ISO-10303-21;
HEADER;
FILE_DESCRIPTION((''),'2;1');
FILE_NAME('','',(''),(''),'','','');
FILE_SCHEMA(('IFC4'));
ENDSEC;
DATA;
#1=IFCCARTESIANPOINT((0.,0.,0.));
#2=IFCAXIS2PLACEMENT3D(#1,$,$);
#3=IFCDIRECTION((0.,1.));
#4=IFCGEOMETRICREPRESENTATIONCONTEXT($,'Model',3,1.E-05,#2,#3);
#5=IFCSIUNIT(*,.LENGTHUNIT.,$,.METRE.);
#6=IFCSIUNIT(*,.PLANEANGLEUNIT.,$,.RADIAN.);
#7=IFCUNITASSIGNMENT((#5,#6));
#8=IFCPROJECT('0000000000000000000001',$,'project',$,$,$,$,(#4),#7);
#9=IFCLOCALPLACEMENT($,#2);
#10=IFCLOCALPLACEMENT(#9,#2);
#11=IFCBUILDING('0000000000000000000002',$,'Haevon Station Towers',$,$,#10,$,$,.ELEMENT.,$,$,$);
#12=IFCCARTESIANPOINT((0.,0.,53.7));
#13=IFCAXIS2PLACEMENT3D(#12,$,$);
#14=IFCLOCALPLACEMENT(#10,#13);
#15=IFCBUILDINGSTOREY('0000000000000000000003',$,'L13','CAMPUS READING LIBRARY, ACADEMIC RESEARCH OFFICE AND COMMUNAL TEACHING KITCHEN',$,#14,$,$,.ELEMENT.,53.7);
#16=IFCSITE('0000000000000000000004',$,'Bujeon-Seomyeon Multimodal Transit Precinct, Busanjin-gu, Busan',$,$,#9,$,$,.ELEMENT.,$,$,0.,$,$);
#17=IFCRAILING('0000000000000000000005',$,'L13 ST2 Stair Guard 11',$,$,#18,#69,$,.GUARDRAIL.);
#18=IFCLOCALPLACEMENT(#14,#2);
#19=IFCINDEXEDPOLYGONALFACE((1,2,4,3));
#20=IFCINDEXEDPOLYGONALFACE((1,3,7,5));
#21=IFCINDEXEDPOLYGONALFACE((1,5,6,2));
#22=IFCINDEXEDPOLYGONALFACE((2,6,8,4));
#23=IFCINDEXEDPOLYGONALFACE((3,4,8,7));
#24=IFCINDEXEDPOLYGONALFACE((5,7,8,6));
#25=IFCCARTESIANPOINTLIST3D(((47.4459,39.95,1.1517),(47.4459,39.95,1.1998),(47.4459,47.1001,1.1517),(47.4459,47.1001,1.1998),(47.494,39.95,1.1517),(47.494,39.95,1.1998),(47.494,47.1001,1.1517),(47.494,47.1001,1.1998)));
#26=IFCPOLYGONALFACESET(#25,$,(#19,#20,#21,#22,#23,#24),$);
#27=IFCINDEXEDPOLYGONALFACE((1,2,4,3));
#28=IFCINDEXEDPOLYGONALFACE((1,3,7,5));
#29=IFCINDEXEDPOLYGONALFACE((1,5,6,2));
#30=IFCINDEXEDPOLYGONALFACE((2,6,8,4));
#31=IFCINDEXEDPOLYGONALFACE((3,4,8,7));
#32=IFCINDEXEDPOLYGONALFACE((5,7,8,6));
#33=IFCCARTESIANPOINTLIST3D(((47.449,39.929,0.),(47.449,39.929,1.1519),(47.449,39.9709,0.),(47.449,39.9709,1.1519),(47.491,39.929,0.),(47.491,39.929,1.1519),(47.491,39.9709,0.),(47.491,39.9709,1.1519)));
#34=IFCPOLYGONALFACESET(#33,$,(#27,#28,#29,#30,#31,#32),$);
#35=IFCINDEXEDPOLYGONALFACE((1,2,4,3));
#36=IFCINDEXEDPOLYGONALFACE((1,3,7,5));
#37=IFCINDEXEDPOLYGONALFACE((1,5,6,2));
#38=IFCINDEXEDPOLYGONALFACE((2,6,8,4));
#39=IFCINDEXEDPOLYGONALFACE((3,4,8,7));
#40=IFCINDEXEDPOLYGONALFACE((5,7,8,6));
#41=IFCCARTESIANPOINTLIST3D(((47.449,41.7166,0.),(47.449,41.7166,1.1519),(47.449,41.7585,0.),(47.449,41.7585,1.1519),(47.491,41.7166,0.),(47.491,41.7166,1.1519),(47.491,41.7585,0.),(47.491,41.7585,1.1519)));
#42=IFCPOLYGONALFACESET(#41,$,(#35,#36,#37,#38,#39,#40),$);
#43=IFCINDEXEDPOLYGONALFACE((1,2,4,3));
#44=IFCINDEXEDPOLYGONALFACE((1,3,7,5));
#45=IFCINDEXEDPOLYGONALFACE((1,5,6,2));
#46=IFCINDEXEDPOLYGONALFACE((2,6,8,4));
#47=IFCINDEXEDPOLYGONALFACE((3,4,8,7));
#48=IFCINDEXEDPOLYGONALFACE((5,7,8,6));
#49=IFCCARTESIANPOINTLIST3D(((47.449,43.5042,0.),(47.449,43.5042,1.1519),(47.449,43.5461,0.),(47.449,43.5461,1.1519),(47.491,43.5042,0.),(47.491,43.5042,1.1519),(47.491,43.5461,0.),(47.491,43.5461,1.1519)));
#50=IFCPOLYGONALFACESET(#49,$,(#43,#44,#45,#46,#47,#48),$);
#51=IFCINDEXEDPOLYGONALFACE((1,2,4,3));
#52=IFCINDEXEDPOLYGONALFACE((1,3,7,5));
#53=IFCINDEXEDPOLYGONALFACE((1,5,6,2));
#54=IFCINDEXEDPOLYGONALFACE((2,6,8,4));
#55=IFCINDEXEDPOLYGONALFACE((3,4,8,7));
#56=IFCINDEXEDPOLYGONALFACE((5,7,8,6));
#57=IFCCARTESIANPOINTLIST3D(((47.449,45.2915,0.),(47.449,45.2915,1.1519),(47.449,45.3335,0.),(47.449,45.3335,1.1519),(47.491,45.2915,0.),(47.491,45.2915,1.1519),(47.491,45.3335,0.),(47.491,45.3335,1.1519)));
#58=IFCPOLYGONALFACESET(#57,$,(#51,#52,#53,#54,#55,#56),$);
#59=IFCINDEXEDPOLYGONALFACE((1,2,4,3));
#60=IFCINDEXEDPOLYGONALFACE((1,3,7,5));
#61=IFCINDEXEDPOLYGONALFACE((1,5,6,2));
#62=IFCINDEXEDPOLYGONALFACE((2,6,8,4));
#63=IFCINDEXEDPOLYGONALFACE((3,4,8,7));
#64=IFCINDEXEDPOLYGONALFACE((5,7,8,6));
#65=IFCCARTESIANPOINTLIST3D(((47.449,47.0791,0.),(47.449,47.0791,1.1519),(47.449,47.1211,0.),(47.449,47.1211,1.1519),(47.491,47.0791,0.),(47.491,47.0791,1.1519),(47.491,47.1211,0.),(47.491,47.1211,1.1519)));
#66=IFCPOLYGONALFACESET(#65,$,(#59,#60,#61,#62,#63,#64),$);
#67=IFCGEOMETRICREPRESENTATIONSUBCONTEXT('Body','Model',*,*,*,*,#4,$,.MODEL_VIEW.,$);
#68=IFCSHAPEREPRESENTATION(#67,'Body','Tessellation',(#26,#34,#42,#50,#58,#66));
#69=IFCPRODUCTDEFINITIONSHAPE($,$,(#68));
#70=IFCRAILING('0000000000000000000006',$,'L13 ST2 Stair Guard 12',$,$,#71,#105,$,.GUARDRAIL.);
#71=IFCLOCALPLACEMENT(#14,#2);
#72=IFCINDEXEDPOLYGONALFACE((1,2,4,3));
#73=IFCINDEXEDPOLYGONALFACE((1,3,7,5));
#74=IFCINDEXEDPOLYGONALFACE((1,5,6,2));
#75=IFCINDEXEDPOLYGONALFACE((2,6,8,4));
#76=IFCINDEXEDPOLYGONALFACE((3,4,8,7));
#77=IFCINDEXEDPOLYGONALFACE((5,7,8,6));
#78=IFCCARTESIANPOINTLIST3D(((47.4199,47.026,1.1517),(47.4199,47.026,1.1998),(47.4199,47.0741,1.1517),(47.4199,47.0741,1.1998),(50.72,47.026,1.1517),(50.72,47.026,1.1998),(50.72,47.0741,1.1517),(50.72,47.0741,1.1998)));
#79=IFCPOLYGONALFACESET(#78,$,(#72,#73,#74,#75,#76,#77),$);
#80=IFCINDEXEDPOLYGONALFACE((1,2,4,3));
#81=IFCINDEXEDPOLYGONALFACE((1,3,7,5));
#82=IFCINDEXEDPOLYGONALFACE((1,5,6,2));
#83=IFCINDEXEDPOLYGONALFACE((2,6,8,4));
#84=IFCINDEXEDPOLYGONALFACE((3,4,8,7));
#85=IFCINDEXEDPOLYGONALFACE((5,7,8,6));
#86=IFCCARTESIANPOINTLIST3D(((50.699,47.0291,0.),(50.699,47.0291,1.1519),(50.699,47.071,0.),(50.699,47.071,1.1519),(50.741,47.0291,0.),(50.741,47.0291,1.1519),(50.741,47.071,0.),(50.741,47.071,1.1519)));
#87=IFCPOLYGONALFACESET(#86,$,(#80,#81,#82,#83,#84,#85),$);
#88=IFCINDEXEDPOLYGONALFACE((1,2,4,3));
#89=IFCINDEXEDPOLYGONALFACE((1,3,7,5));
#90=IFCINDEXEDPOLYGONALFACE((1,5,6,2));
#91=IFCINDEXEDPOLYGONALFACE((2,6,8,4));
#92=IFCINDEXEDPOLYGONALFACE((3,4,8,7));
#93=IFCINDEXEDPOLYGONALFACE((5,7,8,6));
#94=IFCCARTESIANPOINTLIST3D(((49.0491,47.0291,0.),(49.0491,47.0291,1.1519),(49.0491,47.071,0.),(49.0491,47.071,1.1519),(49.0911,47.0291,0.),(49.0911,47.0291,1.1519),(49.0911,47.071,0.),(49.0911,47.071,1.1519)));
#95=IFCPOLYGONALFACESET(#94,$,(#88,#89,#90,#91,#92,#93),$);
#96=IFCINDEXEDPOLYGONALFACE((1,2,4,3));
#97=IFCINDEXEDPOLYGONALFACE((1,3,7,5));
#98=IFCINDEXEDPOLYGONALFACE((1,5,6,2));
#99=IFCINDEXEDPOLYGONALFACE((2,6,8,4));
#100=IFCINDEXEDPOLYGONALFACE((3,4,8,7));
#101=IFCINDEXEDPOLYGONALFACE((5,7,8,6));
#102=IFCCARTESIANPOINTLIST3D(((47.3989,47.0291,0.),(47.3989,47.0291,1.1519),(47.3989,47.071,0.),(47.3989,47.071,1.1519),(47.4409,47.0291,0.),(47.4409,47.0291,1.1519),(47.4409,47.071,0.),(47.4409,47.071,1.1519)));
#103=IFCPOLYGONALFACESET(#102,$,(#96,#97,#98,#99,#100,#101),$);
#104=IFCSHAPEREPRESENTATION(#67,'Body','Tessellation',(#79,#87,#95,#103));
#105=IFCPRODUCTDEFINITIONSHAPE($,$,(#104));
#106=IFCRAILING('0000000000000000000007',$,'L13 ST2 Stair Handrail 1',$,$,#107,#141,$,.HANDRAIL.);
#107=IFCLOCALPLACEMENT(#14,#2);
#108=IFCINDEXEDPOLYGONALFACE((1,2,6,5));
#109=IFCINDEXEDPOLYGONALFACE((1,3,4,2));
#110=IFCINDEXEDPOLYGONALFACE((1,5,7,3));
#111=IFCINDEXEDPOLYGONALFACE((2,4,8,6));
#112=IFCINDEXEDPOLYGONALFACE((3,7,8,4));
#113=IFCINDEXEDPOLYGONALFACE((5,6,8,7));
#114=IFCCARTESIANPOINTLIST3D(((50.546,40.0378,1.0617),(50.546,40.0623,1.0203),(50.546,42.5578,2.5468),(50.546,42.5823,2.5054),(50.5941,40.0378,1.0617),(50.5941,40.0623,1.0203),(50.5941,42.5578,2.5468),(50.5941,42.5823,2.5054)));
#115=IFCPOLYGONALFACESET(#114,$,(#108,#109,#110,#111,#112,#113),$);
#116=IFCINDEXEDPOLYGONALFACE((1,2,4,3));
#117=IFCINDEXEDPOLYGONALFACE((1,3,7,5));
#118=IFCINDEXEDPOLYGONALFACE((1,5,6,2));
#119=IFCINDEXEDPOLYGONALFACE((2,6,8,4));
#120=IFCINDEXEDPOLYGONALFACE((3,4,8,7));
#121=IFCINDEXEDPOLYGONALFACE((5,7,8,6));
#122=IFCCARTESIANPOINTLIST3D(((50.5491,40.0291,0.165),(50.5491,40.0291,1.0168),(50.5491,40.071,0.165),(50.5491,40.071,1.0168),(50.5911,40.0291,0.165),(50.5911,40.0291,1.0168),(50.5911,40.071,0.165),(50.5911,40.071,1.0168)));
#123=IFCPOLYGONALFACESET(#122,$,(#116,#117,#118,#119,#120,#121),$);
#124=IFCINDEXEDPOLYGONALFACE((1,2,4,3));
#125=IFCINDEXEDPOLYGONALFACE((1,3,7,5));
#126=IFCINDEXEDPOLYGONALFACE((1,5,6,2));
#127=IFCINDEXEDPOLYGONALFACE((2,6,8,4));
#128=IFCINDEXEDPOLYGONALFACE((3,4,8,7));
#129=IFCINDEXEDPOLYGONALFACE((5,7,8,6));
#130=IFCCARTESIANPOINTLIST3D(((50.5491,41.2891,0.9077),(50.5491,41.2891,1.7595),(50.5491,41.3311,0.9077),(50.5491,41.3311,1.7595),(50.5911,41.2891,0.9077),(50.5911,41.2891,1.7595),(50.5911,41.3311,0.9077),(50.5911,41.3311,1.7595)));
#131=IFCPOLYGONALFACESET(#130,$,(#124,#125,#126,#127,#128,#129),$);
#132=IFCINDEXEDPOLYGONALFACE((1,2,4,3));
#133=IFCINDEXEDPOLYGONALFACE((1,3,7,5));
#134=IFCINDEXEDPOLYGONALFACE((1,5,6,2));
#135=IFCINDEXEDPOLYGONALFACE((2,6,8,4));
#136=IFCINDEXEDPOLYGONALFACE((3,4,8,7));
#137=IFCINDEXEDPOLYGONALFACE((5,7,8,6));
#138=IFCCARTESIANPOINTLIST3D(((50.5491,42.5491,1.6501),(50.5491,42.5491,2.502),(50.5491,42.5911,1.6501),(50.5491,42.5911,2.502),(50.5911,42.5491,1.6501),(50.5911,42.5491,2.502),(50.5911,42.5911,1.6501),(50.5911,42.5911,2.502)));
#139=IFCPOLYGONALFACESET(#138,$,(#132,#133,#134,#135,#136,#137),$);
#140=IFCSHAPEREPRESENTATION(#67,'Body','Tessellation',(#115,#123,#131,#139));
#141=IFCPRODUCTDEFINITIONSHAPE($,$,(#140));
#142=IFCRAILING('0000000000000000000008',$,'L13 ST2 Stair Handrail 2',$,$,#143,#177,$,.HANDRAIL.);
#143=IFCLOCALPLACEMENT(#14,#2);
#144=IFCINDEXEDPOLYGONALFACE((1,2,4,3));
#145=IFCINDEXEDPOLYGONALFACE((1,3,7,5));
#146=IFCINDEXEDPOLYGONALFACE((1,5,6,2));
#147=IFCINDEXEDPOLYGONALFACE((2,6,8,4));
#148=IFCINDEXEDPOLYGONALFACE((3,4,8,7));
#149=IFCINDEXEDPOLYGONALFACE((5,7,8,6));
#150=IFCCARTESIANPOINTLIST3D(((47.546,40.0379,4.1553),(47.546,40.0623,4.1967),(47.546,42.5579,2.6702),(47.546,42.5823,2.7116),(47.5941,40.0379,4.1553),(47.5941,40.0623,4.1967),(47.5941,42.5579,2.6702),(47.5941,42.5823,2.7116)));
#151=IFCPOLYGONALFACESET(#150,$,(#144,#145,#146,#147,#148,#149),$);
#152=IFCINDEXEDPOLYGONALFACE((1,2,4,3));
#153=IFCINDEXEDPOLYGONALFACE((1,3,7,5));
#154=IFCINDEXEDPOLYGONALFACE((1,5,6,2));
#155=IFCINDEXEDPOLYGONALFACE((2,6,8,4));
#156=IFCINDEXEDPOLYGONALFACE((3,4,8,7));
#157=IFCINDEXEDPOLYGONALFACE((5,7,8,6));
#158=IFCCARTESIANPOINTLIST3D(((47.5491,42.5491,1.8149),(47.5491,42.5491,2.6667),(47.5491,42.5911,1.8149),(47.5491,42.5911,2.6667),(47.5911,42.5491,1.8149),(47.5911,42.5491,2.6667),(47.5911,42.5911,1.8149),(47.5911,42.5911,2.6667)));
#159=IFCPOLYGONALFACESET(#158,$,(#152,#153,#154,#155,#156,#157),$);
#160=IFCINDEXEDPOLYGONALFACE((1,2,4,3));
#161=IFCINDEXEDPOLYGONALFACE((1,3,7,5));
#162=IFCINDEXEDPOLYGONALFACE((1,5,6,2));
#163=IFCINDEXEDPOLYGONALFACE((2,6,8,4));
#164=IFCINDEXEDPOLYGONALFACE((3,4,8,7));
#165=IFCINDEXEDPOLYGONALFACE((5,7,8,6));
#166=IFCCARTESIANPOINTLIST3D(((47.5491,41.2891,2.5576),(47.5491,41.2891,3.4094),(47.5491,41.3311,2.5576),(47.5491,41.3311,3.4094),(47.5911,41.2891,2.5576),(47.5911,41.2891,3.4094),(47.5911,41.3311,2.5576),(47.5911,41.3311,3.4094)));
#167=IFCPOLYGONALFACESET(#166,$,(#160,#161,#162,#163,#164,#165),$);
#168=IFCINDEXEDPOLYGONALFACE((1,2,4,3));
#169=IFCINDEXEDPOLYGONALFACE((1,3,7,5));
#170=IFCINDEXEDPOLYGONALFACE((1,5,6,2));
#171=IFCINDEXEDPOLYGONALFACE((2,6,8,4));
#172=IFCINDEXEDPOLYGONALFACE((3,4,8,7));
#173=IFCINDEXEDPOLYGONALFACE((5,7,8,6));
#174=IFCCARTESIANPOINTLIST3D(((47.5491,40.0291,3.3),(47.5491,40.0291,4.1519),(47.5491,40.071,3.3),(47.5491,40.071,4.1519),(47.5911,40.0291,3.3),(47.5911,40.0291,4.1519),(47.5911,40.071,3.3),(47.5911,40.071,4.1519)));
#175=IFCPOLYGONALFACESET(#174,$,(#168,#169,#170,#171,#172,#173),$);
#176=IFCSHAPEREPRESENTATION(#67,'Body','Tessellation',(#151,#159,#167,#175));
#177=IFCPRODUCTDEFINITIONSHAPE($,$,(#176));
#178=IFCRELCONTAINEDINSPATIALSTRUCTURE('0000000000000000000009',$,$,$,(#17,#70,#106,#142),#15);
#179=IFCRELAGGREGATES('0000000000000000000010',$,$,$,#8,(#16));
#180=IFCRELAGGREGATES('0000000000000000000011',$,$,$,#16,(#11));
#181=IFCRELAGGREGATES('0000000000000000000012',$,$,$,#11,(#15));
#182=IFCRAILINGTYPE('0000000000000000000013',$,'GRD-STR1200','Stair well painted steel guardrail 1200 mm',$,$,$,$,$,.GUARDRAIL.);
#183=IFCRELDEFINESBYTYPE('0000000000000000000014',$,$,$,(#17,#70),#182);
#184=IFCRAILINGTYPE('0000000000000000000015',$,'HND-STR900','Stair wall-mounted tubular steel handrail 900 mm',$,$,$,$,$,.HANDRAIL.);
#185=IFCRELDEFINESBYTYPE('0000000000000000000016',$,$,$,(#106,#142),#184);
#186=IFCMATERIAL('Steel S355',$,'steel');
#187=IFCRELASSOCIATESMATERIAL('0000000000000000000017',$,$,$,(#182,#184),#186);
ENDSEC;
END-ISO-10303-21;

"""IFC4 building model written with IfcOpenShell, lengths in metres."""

from ifc_helpers import new_model, si_unit, direction, frame, origin, origin_2d, place, context, subcontext, project, spatial, rectangle, extrude, material, type_object, element, save


model = new_model("IFC4")

# Units and contexts
model_context = context("Model", 3, precision=1e-05, world=origin(), true_north=direction((0.0, 1.0)))
body_context = subcontext(model_context, "Body", "Model", "MODEL_VIEW")
ifc_project = project(units=[si_unit("LENGTHUNIT", "METRE"), si_unit("PLANEANGLEUNIT", "RADIAN")], contexts=[model_context])

# Site, building, storey
site_placement = place(None, origin())
site = spatial("IfcSite", under=ifc_project, at=site_placement, Name="Bujeon-Seomyeon Multimodal Transit Precinct, Busanjin-gu, Busan", CompositionType="ELEMENT", RefElevation=0.0)
building_placement = place(site_placement, origin())
building = spatial("IfcBuilding", under=site, at=building_placement, Name="Haevon Station Towers", CompositionType="ELEMENT")
storey_placement = place(building_placement, frame((0.0, 0.0, 53.7)))
storey = spatial("IfcBuildingStorey", under=building, at=storey_placement, Name="L13", Description="CAMPUS READING LIBRARY, ACADEMIC RESEARCH OFFICE AND COMMUNAL TEACHING KITCHEN", CompositionType="ELEMENT", Elevation=53.7)

# Shared definitions
ifc_material_1 = material(Name="Steel S355", Category="steel")

# Railings
railing_type_1 = type_object("IfcRailingType", Name="GRD-STR1200", Description="Stair well painted steel guardrail 1200 mm", PredefinedType="GUARDRAIL", material=ifc_material_1)
for number, where, name in (
    (1, (47.47, 39.95, 0.0), "L13 ST2 Stair Guard 11"),
):
    element("IfcRailing", number, at=place(storey_placement, frame(where)), inside=storey, type_object=railing_type_1, Name=name, PredefinedType="GUARDRAIL", context=body_context, shape_type="SweptSolid", body=[
        extrude(rectangle(XDim=0.0481, YDim=0.0481, at=origin_2d()), frame((0.0, 0.0, 1.1758), z_axis=(0.0, 1.0, 0.0), x_axis=(-1.0, 0.0, 0.0)), (0.0, 0.0, 1.0), 7.1501),
        extrude(rectangle(XDim=0.042, YDim=0.042, at=origin_2d()), origin(), (0.0, 0.0, 1.0), 1.1519),
        extrude(rectangle(XDim=0.042, YDim=0.042, at=origin_2d()), frame((0.0, 1.7876, 0.0)), (0.0, 0.0, 1.0), 1.1519),
        extrude(rectangle(XDim=0.042, YDim=0.042, at=origin_2d()), frame((0.0, 3.5752, 0.0)), (0.0, 0.0, 1.0), 1.1519),
        extrude(rectangle(XDim=0.042, YDim=0.042, at=origin_2d()), frame((0.0, 5.3625, 0.0)), (0.0, 0.0, 1.0), 1.1519),
        extrude(rectangle(XDim=0.042, YDim=0.042, at=origin_2d()), frame((0.0, 7.1501, 0.0)), (0.0, 0.0, 1.0), 1.1519),
    ])
railing_1_placement = place(storey_placement, frame((50.72, 47.05, 0.0)))
element("IfcRailing", 2, at=railing_1_placement, inside=storey, type_object=railing_type_1, Name="L13 ST2 Stair Guard 12", PredefinedType="GUARDRAIL", context=body_context, shape_type="SweptSolid", body=[
    extrude(rectangle(XDim=0.0481, YDim=0.0481, at=origin_2d()), frame((0.0, 0.0, 1.1758), z_axis=(-1.0, 0.0, 0.0), x_axis=(0.0, -1.0, 0.0)), (0.0, 0.0, 1.0), 3.3),
    extrude(rectangle(XDim=0.042, YDim=0.042, at=origin_2d()), origin(), (0.0, 0.0, 1.0), 1.1519),
    extrude(rectangle(XDim=0.042, YDim=0.042, at=origin_2d()), frame((-1.6499, 0.0, 0.0)), (0.0, 0.0, 1.0), 1.1519),
    extrude(rectangle(XDim=0.042, YDim=0.042, at=origin_2d()), frame((-3.3, 0.0, 0.0)), (0.0, 0.0, 1.0), 1.1519),
])
railing_type_2 = type_object("IfcRailingType", Name="HND-STR900", Description="Stair wall-mounted tubular steel handrail 900 mm", PredefinedType="HANDRAIL", material=ifc_material_1)
railing_2_placement = place(storey_placement, frame((50.5701, 40.05, 0.165)))
element("IfcRailing", 3, at=railing_2_placement, inside=storey, type_object=railing_type_2, Name="L13 ST2 Stair Handrail 1", PredefinedType="HANDRAIL", context=body_context, shape_type="SweptSolid", body=[
    extrude(rectangle(XDim=0.0481, YDim=0.0481, at=origin_2d()), frame((0.0, 0.0, 0.876), z_axis=(0.0, 0.861524, 0.507717), x_axis=(-1.0, 0.0, 0.0)), (0.0, 0.0, 1.0), 2.925),
    extrude(rectangle(XDim=0.042, YDim=0.042, at=origin_2d()), origin(), (0.0, 0.0, 1.0), 0.8518),
    extrude(rectangle(XDim=0.042, YDim=0.042, at=origin_2d()), frame((0.0, 1.26, 0.7427)), (0.0, 0.0, 1.0), 0.8518),
    extrude(rectangle(XDim=0.042, YDim=0.042, at=origin_2d()), frame((0.0, 2.52, 1.4851)), (0.0, 0.0, 1.0), 0.8518),
])
railing_3_placement = place(storey_placement, frame((47.5701, 42.5701, 1.8149)))
element("IfcRailing", 4, at=railing_3_placement, inside=storey, type_object=railing_type_2, Name="L13 ST2 Stair Handrail 2", PredefinedType="HANDRAIL", context=body_context, shape_type="SweptSolid", body=[
    extrude(rectangle(XDim=0.0481, YDim=0.0481, at=origin_2d()), frame((0.0, 0.0, 0.876), z_axis=(0.0, -0.861524, 0.507717), x_axis=(1.0, 0.0, 0.0)), (0.0, 0.0, 1.0), 2.925),
    extrude(rectangle(XDim=0.042, YDim=0.042, at=origin_2d()), origin(), (0.0, 0.0, 1.0), 0.8518),
    extrude(rectangle(XDim=0.042, YDim=0.042, at=origin_2d()), frame((0.0, -1.26, 0.7427)), (0.0, 0.0, 1.0), 0.8518),
    extrude(rectangle(XDim=0.042, YDim=0.042, at=origin_2d()), frame((0.0, -2.52, 1.4851)), (0.0, 0.0, 1.0), 0.8518),
])

save(model, "model.ifc")
